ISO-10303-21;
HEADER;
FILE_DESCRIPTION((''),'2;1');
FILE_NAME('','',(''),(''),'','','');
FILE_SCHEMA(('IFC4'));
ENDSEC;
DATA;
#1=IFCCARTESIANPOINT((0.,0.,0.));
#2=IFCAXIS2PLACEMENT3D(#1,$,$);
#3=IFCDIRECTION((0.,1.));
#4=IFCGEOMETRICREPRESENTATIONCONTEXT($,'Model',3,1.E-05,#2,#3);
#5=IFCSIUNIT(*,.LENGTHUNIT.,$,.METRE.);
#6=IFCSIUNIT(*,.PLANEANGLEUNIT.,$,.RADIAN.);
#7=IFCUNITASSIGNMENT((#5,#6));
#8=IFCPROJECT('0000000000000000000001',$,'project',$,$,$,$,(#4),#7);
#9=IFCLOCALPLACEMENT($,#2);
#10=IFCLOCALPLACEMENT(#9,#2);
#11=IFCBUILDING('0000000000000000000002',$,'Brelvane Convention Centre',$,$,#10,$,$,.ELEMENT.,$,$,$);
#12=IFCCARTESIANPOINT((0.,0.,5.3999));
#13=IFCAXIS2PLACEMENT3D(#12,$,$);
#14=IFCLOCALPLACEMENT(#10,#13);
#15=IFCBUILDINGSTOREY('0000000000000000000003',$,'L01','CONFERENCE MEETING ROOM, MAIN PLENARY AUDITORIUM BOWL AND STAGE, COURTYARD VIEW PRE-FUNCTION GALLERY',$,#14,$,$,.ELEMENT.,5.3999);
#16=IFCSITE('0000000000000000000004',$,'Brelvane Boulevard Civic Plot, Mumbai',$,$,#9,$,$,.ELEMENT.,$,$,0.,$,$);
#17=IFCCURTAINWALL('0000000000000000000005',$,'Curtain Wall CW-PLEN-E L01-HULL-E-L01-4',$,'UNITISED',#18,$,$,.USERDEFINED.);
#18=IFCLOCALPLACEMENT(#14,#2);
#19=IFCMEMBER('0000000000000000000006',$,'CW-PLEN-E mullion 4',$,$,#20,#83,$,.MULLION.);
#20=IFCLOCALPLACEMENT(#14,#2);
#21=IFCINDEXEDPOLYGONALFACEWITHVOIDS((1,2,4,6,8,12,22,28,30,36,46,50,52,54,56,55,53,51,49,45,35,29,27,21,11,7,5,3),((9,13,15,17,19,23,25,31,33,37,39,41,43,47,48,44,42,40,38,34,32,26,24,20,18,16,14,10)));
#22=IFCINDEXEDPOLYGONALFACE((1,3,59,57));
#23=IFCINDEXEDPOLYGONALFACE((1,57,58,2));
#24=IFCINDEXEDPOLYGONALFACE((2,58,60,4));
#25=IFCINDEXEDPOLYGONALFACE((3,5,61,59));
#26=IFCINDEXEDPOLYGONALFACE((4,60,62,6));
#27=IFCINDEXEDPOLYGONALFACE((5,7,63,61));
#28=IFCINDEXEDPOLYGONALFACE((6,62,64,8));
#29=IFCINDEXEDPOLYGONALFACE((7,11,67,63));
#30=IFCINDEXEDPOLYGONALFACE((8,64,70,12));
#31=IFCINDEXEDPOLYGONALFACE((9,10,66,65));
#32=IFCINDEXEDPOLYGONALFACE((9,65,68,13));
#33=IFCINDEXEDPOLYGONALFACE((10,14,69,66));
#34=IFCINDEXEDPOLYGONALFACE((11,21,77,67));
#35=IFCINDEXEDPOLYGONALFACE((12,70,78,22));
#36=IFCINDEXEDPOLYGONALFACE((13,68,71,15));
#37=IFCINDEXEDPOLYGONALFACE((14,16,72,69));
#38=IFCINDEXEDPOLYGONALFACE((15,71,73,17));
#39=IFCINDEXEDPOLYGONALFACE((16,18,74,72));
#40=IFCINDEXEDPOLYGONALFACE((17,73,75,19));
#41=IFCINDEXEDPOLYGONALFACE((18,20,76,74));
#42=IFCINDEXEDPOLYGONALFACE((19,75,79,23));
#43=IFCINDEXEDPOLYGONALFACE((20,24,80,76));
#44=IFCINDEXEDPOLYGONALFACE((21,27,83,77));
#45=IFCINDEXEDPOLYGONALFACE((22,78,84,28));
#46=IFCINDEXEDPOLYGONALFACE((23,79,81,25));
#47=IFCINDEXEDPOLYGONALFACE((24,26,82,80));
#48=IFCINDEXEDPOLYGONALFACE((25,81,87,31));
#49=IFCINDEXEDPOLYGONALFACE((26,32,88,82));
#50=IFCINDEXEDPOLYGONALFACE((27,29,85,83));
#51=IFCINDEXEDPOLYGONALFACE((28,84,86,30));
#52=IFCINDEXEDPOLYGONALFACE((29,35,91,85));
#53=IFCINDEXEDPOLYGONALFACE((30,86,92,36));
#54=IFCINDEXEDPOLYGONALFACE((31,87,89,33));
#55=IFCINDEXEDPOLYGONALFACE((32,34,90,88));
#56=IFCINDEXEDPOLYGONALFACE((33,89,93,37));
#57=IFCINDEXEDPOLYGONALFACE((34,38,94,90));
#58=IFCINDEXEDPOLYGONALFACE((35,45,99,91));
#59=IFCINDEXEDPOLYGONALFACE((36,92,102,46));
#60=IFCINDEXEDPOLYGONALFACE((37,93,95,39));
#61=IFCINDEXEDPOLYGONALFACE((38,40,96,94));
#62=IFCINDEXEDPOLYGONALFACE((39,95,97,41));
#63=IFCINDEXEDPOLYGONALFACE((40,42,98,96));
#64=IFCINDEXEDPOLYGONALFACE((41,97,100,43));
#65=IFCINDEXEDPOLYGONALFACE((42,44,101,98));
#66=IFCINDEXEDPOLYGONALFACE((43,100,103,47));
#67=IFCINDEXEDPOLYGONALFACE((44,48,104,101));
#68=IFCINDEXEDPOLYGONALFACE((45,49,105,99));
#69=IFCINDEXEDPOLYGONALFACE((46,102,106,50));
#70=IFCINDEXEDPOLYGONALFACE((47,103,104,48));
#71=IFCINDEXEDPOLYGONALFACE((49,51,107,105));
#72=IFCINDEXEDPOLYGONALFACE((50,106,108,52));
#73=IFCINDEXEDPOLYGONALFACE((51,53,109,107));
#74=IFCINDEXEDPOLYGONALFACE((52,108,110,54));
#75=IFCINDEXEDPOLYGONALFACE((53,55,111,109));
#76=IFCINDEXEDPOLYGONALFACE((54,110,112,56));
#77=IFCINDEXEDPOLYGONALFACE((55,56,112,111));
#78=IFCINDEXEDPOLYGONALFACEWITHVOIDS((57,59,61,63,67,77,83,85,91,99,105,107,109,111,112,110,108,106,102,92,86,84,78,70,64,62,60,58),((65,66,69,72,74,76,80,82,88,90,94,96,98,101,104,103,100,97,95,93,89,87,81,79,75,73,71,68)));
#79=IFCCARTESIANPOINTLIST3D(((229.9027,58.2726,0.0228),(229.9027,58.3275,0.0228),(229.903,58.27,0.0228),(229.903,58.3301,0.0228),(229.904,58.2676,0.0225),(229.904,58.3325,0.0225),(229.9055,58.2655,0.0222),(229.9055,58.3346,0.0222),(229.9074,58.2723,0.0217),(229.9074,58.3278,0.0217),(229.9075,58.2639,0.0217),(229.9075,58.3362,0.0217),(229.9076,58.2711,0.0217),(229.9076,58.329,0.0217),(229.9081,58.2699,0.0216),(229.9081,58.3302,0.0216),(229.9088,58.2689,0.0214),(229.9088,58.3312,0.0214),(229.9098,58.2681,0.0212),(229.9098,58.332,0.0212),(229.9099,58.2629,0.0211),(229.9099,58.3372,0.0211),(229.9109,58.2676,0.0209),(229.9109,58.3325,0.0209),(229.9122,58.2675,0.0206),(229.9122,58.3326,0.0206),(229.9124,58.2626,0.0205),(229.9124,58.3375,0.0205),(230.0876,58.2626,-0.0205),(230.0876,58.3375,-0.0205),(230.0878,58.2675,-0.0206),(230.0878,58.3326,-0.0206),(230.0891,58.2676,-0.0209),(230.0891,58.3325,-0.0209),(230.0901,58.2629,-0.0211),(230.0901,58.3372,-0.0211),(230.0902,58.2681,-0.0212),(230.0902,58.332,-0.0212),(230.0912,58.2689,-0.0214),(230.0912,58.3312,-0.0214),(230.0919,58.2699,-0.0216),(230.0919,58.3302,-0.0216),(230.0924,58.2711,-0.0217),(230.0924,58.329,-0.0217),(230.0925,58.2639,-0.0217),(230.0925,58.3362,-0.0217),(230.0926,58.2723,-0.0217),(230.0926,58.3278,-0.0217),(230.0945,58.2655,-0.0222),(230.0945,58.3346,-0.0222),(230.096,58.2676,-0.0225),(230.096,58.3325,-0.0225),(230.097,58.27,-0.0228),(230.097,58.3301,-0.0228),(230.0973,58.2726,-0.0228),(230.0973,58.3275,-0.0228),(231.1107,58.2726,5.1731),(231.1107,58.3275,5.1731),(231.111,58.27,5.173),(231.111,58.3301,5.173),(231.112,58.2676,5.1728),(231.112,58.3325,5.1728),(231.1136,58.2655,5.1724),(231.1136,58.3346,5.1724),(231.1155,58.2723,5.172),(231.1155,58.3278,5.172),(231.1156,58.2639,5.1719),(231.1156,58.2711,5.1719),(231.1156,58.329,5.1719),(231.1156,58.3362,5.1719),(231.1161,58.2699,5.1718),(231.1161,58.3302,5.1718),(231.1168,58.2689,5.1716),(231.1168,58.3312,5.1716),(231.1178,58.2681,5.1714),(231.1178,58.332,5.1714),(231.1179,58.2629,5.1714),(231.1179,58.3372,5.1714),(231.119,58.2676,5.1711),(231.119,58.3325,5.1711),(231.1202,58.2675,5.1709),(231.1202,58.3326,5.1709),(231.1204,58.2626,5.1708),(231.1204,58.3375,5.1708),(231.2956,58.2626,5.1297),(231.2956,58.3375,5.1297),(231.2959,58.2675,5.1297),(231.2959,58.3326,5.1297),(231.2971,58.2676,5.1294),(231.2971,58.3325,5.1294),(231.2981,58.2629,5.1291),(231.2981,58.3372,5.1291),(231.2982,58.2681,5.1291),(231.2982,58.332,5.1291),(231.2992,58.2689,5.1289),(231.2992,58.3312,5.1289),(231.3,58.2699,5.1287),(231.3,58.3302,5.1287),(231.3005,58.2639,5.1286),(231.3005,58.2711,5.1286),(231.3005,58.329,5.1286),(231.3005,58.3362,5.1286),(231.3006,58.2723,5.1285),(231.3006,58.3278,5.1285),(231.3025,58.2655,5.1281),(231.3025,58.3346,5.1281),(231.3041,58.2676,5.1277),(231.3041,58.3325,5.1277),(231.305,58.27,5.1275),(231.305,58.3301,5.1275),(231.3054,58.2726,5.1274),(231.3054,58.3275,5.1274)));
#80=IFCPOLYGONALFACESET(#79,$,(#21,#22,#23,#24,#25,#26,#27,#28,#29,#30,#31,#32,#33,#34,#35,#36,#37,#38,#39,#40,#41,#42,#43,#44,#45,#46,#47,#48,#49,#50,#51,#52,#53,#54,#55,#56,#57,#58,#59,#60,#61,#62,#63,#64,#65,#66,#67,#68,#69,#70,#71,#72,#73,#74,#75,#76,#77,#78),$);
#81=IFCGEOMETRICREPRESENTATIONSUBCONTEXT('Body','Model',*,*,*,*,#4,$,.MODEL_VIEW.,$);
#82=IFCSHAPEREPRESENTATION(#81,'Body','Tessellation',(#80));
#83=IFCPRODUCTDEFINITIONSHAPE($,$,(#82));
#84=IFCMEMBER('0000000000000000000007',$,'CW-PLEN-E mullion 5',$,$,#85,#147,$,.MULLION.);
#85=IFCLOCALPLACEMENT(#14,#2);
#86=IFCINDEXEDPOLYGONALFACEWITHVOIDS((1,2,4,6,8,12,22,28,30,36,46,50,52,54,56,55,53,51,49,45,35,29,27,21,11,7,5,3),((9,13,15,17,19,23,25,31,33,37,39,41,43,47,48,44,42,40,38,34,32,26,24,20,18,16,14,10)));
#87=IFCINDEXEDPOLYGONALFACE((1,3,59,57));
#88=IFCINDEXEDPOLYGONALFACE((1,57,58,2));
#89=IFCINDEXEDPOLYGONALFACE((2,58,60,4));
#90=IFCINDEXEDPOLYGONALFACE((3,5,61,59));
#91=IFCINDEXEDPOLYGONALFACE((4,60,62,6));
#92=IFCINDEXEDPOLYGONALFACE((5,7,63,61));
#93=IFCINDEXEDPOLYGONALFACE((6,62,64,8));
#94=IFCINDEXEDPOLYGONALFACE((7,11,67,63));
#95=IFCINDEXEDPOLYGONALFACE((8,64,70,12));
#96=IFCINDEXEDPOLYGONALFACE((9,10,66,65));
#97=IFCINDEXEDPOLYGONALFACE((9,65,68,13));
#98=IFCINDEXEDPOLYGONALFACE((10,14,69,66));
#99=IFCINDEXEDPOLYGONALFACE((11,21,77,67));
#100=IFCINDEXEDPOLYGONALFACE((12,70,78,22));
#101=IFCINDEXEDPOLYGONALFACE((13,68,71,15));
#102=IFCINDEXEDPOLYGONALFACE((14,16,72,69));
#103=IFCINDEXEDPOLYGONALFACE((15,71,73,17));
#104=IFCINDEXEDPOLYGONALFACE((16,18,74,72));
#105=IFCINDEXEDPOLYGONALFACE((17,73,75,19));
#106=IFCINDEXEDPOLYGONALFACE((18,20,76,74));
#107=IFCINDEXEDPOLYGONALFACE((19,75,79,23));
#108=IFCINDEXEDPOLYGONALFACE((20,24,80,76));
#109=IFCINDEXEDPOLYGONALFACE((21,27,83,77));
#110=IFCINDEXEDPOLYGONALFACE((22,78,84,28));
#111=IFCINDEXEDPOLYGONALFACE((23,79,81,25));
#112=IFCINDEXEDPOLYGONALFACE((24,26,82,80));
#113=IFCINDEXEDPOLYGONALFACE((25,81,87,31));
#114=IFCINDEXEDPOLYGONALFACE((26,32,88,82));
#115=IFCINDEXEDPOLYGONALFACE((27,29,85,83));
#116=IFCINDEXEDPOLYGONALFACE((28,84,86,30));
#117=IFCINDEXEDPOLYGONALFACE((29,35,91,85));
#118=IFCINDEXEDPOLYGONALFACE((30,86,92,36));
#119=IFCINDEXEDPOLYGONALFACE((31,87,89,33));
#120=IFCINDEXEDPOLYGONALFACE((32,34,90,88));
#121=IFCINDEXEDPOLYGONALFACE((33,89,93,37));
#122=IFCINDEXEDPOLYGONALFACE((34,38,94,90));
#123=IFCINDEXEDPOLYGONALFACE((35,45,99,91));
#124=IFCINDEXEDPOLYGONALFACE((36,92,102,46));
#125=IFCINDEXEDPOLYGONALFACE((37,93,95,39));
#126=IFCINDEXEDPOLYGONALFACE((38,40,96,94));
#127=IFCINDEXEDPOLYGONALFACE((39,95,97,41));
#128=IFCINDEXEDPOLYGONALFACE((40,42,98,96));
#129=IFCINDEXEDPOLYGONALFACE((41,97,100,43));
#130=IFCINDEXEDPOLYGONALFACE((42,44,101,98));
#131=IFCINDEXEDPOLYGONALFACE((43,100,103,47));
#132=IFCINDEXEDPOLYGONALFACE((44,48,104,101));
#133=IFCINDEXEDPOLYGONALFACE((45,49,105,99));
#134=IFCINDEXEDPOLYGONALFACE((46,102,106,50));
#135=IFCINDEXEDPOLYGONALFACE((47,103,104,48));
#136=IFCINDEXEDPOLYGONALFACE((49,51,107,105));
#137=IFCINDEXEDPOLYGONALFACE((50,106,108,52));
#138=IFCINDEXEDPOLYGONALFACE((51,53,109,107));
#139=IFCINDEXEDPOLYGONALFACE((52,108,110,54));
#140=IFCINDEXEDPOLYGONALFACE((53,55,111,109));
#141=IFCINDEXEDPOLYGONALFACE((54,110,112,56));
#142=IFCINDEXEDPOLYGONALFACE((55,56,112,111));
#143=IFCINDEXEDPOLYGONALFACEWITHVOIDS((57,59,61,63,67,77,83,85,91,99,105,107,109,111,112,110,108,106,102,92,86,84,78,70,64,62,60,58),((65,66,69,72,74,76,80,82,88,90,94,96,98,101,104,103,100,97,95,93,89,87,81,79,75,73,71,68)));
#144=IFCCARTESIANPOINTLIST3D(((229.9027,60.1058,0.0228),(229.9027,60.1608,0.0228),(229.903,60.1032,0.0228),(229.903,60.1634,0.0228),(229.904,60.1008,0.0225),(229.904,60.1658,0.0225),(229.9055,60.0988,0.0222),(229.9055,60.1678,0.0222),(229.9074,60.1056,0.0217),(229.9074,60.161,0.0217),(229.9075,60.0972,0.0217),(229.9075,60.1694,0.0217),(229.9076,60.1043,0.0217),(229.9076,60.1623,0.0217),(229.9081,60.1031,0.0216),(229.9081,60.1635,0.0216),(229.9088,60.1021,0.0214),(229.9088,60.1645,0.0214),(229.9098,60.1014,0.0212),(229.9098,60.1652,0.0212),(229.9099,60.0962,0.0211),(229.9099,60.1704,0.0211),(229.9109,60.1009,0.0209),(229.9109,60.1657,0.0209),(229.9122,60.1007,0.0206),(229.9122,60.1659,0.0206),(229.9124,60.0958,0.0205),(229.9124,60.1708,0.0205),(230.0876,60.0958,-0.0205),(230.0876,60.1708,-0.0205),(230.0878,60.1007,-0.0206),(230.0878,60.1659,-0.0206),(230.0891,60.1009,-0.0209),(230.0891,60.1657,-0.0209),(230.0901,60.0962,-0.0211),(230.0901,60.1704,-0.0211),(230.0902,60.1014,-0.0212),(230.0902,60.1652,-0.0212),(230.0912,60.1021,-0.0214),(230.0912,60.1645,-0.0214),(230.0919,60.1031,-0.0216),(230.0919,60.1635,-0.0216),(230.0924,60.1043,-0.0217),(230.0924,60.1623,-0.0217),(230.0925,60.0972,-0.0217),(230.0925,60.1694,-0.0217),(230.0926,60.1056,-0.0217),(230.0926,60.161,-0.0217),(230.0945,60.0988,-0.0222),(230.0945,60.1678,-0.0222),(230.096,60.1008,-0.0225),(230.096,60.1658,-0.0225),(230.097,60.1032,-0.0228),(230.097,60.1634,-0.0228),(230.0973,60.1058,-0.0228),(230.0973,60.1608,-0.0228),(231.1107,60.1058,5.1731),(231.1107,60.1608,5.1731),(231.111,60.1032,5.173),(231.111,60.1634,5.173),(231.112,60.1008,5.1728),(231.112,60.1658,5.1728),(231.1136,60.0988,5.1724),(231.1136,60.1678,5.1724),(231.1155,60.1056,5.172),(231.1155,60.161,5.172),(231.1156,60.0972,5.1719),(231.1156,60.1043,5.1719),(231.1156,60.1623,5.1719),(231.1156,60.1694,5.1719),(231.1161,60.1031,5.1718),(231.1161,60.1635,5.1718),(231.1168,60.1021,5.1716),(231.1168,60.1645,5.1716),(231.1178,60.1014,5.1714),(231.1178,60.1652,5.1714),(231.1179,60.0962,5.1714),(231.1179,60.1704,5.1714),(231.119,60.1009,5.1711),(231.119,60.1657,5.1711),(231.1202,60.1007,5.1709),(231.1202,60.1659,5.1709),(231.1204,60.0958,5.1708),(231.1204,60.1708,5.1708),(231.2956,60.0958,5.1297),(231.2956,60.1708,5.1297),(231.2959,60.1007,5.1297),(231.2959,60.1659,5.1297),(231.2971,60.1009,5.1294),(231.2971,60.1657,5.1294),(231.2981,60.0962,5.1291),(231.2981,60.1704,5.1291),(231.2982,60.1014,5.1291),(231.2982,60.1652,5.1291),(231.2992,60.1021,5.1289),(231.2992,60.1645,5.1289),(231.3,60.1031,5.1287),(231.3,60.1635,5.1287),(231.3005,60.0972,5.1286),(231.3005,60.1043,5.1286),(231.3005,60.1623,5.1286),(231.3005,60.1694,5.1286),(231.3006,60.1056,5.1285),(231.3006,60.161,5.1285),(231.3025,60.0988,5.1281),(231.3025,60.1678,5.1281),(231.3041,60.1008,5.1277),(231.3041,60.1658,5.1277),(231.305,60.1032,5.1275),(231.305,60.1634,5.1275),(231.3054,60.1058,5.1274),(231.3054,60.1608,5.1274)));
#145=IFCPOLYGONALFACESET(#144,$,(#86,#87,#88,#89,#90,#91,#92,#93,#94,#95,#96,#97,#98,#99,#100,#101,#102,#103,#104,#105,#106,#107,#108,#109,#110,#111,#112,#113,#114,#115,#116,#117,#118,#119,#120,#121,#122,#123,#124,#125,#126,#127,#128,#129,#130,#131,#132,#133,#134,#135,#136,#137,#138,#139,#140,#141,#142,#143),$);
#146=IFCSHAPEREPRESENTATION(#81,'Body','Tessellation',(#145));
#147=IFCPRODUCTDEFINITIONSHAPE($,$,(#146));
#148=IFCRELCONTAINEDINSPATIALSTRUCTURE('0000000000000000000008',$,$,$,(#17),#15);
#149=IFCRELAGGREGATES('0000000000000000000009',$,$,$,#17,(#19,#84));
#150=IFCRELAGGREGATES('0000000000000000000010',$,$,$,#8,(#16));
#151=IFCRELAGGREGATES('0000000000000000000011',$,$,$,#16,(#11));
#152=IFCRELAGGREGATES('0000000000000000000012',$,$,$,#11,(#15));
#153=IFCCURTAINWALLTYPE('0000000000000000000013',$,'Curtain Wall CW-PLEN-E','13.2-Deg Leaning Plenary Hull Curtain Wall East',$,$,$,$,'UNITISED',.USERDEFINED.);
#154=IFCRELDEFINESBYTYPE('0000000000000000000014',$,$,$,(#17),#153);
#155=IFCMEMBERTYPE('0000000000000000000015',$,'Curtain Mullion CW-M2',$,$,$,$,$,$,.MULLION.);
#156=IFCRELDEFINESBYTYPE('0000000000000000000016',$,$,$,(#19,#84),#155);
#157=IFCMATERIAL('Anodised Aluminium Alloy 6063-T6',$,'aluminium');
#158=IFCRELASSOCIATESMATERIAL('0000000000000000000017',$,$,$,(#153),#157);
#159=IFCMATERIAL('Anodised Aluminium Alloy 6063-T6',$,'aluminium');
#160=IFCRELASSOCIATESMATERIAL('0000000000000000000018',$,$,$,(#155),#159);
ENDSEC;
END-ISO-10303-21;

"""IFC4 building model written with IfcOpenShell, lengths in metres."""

from ifc_helpers import new_model, si_unit, direction, frame, origin, origin_2d, place, context, subcontext, project, spatial, hollow_rectangle, extrude, material, material_profile, profile_set, type_object, element, aggregate, save


model = new_model("IFC4")

# Units and contexts
model_context = context("Model", 3, precision=1e-05, world=origin(), true_north=direction((0.0, 1.0)))
body_context = subcontext(model_context, "Body", "Model", "MODEL_VIEW")
ifc_project = project(units=[si_unit("LENGTHUNIT", "METRE"), si_unit("PLANEANGLEUNIT", "RADIAN")], contexts=[model_context])

# Site, building, storey
site_placement = place(None, origin())
site = spatial("IfcSite", under=ifc_project, at=site_placement, Name="Brelvane Boulevard Civic Plot, Mumbai", CompositionType="ELEMENT", RefElevation=0.0)
building_placement = place(site_placement, origin())
building = spatial("IfcBuilding", under=site, at=building_placement, Name="Brelvane Convention Centre", CompositionType="ELEMENT")
storey_placement = place(building_placement, frame((0.0, 0.0, 5.3999)))
storey = spatial("IfcBuildingStorey", under=building, at=storey_placement, Name="L01", Description="CONFERENCE MEETING ROOM, MAIN PLENARY AUDITORIUM BOWL AND STAGE, COURTYARD VIEW PRE-FUNCTION GALLERY", CompositionType="ELEMENT", Elevation=5.3999)

# Curtain wall, members
ifc_material_1 = material(Name="Anodised Aluminium Alloy 6063-T6", Category="aluminium")
curtain_wall_type = type_object("IfcCurtainWallType", Name="Curtain Wall CW-PLEN-E", Description="13.2-Deg Leaning Plenary Hull Curtain Wall East", ElementType="UNITISED", PredefinedType="USERDEFINED", material=ifc_material_1)
curtain_wall_1_placement = place(storey_placement, origin())
curtain_wall_1 = element("IfcCurtainWall", 1, at=curtain_wall_1_placement, inside=storey, type_object=curtain_wall_type, Name="Curtain Wall CW-PLEN-E L01-HULL-E-L01-4", ObjectType="UNITISED", PredefinedType="USERDEFINED")
ifc_material_2 = material(Name="Anodised Aluminium Alloy 6063-T6", Category="aluminium")
ifc_material_profile_1 = material_profile(ifc_material_2, hollow_rectangle(XDim=0.075, YDim=0.2, WallThickness=0.0049, InnerFilletRadius=0.0049, OuterFilletRadius=0.01, at=origin_2d()), Name="ALU-M 200x75x5.0")
ifc_profile_set_1 = profile_set([ifc_material_profile_1], Name="Anodised Aluminium Alloy 6063-T6")
member_type_1 = type_object("IfcMemberType", Name="Curtain Mullion CW-M2", PredefinedType="MULLION", material=ifc_profile_set_1)
member_1_placement = place(storey_placement, frame((230.0, 58.3, 0.0), z_axis=(0.22836, 0.0, 0.973577), x_axis=(0.0, 1.0, 0.0)))
member_1 = element("IfcMember", 2, at=member_1_placement, type_object=member_type_1, Name="CW-PLEN-E mullion 4", PredefinedType="MULLION", context=body_context, shape_type="SweptSolid", body=[
    extrude(hollow_rectangle(XDim=0.075, YDim=0.2, WallThickness=0.0049, InnerFilletRadius=0.0049, OuterFilletRadius=0.01, at=origin_2d()), origin(), (0.0, 0.0, 1.0), 5.29),
])
member_2_placement = place(storey_placement, frame((230.0, 60.1333, 0.0), z_axis=(0.22836, 0.0, 0.973577), x_axis=(0.0, 1.0, 0.0)))
member_2 = element("IfcMember", 3, at=member_2_placement, type_object=member_type_1, Name="CW-PLEN-E mullion 5", PredefinedType="MULLION", context=body_context, shape_type="SweptSolid", body=[
    extrude(hollow_rectangle(XDim=0.075, YDim=0.2, WallThickness=0.0049, InnerFilletRadius=0.0049, OuterFilletRadius=0.01, at=origin_2d()), origin(), (0.0, 0.0, 1.0), 5.29),
])

aggregate(curtain_wall_1, [member_1, member_2])

save(model, "model.ifc")
